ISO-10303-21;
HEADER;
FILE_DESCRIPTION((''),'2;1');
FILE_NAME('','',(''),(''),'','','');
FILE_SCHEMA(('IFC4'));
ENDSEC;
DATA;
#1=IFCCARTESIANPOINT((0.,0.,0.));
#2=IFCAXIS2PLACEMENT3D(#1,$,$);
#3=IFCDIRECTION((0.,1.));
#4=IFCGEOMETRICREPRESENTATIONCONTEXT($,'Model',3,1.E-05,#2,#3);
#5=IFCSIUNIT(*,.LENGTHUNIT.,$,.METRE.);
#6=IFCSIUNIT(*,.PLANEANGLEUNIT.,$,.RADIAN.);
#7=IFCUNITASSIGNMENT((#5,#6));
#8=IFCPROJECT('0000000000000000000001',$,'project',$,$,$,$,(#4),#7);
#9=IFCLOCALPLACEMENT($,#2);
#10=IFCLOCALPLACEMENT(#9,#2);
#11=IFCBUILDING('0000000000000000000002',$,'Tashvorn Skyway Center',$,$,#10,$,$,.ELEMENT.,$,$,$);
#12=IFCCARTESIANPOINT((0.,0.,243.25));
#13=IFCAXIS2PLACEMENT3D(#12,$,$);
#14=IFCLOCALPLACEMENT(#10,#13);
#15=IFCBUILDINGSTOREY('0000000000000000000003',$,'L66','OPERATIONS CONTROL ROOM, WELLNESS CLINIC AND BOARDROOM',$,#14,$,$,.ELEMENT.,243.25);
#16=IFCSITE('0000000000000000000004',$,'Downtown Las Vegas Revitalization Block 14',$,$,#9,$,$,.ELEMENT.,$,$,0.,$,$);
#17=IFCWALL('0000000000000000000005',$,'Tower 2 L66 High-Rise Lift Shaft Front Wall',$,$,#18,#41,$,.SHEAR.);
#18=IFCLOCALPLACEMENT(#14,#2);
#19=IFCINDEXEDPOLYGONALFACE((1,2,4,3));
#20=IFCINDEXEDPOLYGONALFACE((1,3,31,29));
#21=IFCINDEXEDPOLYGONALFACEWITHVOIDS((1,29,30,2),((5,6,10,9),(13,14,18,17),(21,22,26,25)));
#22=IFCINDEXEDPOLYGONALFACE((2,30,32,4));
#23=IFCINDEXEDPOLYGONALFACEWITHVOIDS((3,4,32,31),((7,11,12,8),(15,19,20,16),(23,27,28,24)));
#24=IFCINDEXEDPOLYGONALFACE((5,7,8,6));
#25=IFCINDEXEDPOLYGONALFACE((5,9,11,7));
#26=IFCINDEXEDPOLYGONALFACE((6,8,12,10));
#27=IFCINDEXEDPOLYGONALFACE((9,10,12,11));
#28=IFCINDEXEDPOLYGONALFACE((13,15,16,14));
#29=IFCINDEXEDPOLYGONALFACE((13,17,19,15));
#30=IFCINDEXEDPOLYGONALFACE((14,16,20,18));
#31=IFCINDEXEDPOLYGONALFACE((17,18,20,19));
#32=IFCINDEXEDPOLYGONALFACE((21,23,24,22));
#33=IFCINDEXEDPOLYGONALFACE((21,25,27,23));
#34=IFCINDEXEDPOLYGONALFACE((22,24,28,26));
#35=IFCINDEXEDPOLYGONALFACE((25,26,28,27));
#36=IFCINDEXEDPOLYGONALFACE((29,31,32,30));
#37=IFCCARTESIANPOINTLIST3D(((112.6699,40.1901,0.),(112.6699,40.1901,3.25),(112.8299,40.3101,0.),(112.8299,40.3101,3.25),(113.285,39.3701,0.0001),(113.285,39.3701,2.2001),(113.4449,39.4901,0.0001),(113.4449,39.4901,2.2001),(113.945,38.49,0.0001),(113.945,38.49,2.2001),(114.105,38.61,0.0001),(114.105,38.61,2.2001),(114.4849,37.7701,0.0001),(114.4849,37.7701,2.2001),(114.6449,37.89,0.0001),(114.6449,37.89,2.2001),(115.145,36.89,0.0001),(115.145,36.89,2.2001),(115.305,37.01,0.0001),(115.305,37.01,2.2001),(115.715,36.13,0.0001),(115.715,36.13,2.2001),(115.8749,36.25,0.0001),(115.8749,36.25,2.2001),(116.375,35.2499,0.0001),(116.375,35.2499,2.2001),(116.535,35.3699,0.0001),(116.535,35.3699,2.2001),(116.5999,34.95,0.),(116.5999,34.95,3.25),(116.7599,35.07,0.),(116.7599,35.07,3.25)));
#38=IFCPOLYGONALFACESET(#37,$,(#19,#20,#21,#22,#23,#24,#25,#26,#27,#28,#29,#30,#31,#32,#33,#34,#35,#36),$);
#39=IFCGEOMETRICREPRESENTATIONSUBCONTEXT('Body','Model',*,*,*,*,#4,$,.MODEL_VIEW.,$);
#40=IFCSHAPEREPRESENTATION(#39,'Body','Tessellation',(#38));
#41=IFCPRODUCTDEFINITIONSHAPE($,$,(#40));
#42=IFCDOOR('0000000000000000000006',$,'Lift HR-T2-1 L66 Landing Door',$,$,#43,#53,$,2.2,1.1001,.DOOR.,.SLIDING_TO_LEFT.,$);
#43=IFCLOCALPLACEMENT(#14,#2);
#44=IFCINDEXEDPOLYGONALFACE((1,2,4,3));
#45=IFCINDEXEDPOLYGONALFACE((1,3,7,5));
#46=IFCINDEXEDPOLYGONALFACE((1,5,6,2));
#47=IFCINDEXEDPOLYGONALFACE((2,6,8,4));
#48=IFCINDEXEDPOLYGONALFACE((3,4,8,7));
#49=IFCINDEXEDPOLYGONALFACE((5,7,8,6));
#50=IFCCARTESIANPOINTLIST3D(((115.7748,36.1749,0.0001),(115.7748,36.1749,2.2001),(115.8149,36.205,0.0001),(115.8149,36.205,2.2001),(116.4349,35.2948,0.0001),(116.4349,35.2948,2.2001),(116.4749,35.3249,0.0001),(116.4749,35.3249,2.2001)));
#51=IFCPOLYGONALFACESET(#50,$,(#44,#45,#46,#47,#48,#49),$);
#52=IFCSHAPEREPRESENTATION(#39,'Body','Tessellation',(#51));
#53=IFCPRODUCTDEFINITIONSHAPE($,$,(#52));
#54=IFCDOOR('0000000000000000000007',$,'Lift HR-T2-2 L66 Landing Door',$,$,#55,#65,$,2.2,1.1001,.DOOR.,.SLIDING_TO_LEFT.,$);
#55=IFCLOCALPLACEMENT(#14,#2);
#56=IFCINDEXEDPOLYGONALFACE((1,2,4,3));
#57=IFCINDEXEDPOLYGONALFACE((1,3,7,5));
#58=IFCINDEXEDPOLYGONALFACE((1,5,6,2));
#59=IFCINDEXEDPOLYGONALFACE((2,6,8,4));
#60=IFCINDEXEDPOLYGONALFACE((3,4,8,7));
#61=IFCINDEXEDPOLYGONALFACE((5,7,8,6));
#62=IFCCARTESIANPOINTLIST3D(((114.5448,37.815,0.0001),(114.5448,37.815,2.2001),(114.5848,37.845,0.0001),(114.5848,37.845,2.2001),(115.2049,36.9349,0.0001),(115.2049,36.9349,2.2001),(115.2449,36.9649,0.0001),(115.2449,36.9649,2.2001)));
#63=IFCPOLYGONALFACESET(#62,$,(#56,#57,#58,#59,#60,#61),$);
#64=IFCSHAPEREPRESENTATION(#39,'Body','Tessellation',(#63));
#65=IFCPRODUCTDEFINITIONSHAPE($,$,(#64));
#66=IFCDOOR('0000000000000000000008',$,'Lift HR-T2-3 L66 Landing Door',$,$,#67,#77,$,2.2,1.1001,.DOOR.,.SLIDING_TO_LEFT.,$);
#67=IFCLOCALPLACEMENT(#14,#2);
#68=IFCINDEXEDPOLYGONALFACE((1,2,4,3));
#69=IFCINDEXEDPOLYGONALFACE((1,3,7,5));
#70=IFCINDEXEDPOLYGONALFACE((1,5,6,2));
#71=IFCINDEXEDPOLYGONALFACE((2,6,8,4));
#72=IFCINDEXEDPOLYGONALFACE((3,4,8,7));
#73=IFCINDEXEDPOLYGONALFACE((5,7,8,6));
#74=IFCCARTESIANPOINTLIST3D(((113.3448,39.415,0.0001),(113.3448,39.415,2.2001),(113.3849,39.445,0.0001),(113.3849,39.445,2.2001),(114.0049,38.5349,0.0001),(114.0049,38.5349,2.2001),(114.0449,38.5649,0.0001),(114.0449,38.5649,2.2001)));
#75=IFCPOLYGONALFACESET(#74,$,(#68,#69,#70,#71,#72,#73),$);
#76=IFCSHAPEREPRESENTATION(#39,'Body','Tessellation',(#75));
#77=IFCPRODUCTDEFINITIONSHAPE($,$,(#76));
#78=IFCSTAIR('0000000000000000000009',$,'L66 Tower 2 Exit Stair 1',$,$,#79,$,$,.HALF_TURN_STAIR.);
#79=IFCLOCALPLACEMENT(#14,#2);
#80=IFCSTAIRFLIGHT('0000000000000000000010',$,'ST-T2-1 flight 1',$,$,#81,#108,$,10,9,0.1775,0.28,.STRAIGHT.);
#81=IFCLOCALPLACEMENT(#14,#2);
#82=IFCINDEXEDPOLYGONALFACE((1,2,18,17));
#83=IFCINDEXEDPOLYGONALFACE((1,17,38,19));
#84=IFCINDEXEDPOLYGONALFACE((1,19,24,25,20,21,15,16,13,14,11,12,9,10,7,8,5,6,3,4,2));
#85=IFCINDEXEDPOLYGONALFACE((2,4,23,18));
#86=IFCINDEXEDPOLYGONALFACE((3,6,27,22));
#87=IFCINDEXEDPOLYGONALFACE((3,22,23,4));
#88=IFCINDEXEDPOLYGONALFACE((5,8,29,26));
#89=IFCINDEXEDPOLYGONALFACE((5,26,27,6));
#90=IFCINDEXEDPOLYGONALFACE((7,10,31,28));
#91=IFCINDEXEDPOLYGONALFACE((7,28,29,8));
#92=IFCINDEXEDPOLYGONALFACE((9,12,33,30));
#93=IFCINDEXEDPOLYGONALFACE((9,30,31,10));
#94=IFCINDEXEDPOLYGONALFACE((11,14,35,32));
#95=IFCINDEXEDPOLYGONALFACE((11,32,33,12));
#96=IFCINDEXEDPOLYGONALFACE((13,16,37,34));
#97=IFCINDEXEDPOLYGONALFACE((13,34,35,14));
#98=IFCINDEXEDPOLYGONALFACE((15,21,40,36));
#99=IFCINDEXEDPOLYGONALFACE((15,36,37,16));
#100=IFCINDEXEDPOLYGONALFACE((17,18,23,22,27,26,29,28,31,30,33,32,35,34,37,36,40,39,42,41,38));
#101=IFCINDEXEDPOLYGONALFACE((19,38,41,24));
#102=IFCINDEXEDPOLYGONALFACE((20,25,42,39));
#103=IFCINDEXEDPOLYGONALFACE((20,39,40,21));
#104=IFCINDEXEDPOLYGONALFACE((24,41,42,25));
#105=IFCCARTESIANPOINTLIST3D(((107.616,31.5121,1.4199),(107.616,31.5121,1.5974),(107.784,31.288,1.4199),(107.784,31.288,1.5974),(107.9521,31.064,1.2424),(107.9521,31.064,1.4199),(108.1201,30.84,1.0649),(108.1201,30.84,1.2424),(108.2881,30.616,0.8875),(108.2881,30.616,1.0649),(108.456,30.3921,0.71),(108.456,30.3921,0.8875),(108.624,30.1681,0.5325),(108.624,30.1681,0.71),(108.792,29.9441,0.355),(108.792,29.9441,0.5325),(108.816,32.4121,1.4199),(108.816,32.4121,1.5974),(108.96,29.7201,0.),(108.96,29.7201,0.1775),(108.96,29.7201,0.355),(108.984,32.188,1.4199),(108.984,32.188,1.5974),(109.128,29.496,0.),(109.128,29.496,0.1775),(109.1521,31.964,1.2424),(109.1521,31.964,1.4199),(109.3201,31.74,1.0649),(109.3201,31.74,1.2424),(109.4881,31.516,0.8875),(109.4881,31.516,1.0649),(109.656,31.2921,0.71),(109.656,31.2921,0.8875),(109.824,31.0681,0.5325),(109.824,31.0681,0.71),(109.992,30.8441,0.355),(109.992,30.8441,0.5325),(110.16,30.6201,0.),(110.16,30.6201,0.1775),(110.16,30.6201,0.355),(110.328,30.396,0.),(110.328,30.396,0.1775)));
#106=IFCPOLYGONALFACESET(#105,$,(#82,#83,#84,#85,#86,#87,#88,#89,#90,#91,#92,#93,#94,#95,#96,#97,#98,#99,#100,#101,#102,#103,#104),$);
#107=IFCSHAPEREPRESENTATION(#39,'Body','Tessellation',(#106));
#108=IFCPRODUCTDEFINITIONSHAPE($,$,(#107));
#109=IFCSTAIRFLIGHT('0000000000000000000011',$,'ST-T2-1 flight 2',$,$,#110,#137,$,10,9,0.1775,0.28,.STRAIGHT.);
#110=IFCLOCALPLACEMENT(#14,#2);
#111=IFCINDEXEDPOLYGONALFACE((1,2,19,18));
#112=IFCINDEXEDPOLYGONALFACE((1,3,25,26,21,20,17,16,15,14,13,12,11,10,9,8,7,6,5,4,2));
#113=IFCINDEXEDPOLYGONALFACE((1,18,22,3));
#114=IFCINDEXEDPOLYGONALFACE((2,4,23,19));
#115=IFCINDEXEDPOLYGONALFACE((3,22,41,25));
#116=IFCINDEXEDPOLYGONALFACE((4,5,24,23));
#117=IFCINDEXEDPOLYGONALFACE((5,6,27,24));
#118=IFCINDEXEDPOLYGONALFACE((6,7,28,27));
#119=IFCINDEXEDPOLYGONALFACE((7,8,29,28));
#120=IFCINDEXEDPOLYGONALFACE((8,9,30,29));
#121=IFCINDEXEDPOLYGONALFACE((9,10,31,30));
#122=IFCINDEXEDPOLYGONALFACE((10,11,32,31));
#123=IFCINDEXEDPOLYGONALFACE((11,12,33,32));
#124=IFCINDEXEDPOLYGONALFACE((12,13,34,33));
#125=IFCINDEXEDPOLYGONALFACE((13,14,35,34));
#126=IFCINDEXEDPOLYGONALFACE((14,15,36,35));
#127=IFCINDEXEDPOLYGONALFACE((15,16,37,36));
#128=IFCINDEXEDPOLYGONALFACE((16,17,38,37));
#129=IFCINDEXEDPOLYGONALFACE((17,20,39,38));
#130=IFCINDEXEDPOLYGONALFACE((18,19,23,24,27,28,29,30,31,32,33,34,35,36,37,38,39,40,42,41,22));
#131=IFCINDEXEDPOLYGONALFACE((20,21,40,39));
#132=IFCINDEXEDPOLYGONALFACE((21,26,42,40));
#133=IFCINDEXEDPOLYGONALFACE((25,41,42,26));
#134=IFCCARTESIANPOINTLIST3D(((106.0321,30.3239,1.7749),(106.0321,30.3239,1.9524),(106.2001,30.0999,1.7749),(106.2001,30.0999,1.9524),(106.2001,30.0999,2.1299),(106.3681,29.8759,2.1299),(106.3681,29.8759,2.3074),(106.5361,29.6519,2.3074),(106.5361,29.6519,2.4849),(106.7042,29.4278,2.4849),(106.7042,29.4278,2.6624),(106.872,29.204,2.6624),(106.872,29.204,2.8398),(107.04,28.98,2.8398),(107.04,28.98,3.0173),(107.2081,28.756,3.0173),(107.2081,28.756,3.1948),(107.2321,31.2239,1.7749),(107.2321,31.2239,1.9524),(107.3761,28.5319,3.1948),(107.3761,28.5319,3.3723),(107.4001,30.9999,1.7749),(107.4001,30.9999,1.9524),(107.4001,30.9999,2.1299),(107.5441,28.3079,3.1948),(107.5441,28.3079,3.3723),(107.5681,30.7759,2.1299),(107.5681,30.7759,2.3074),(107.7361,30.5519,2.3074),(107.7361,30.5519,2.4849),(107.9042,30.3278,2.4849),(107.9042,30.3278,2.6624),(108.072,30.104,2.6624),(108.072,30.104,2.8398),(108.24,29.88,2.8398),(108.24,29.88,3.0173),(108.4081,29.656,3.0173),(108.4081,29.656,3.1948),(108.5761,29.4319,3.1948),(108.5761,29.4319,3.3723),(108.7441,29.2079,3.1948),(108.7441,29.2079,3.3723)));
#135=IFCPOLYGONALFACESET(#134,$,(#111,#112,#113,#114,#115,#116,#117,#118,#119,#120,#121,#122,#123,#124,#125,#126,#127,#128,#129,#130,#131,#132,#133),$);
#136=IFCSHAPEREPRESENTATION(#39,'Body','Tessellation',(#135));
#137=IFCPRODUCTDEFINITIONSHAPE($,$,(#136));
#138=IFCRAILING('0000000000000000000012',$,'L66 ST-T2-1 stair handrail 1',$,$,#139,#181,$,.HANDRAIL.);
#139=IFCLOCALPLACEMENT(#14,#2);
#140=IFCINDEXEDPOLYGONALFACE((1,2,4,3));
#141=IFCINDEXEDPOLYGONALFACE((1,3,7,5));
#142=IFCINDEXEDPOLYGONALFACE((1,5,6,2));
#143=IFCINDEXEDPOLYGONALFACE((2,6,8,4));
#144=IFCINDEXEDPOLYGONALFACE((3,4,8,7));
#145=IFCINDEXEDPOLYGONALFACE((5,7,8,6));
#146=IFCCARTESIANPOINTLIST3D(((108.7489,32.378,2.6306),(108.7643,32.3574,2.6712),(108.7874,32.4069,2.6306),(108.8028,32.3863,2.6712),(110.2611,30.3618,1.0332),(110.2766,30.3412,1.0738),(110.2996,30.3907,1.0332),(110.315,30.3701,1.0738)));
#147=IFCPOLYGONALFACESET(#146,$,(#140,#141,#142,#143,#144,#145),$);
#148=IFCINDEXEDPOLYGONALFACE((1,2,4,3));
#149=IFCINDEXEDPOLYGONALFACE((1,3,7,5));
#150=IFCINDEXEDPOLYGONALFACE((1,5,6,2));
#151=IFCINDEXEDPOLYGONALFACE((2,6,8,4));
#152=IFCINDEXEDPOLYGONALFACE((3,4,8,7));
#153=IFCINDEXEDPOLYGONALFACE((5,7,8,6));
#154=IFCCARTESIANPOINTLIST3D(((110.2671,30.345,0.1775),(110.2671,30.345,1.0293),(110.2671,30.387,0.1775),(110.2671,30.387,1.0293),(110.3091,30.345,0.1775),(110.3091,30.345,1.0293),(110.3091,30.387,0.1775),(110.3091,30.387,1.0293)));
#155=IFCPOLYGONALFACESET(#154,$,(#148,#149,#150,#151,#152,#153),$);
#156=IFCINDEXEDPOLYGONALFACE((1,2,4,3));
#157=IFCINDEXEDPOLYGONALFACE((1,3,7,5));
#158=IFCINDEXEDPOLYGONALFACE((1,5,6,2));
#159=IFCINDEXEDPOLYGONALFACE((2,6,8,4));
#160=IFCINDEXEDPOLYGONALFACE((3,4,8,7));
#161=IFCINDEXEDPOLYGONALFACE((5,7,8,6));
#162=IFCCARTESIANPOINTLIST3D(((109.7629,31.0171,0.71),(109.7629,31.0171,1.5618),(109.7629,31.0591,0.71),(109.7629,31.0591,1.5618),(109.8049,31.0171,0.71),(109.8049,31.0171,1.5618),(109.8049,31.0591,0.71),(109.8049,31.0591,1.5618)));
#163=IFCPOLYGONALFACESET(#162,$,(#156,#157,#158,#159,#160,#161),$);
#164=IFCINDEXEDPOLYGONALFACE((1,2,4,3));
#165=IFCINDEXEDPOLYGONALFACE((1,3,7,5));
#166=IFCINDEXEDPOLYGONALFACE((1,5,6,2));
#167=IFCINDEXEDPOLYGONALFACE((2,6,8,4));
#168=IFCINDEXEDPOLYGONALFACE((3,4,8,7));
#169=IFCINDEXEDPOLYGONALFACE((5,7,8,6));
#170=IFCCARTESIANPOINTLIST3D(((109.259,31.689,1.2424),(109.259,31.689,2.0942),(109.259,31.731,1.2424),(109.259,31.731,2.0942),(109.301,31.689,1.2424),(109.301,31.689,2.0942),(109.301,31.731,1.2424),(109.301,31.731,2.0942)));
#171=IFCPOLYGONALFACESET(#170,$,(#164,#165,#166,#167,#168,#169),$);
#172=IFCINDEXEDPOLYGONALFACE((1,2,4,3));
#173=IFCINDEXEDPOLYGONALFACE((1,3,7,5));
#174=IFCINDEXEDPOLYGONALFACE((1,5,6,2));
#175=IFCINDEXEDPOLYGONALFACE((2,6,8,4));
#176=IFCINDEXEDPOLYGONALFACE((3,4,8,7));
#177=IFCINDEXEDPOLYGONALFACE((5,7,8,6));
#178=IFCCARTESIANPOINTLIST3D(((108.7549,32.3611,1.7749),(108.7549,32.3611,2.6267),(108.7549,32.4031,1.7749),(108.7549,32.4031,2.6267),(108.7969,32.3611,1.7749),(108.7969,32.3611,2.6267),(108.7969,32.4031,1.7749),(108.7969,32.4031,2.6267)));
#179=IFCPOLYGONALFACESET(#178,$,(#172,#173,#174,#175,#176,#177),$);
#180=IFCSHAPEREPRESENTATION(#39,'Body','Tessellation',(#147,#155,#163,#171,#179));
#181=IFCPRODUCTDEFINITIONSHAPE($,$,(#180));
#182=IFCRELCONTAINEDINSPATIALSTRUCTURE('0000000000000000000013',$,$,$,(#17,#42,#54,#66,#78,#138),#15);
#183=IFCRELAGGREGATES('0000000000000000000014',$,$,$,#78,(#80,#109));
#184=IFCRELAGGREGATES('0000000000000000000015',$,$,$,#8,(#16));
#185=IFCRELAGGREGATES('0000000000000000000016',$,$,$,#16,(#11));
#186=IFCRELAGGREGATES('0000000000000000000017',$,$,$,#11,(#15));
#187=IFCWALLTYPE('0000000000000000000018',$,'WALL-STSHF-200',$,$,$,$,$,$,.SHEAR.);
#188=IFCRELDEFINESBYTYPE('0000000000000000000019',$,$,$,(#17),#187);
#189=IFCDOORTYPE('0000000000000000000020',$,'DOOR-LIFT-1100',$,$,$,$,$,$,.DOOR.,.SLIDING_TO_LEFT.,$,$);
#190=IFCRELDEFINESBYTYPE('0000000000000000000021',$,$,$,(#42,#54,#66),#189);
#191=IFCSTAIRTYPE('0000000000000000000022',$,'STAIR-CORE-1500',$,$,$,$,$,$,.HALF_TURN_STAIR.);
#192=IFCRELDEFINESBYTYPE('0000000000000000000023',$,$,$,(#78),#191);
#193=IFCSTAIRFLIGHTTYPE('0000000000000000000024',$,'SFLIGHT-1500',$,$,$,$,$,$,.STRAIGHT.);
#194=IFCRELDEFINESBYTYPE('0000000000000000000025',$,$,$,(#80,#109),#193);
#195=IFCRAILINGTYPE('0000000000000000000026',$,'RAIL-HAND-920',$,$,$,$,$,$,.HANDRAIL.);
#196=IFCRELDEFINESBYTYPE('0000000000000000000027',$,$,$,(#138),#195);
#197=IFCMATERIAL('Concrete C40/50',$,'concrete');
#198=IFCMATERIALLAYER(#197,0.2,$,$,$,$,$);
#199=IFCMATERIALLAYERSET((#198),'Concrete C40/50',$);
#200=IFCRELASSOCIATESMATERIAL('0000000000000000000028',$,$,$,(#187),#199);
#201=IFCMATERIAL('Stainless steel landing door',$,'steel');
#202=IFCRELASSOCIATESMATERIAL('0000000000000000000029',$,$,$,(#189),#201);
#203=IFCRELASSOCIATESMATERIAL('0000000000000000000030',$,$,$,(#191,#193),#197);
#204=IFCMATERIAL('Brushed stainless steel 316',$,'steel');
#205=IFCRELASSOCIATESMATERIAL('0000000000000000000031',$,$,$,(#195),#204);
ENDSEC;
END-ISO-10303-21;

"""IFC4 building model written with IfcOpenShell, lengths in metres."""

from ifc_helpers import new_model, si_unit, direction, frame, frame_2d, origin, origin_2d, place, context, subcontext, project, spatial, polyline, rectangle, outline, extrude, material, layer, layer_set, type_object, element, fill, aggregate, save


model = new_model("IFC4")

# Units and contexts
model_context = context("Model", 3, precision=1e-05, world=origin(), true_north=direction((0.0, 1.0)))
body_context = subcontext(model_context, "Body", "Model", "MODEL_VIEW")
ifc_project = project(units=[si_unit("LENGTHUNIT", "METRE"), si_unit("PLANEANGLEUNIT", "RADIAN")], contexts=[model_context])

# Site, building, storey
site_placement = place(None, origin())
site = spatial("IfcSite", under=ifc_project, at=site_placement, Name="Downtown Las Vegas Revitalization Block 14", CompositionType="ELEMENT", RefElevation=0.0)
building_placement = place(site_placement, origin())
building = spatial("IfcBuilding", under=site, at=building_placement, Name="Tashvorn Skyway Center", CompositionType="ELEMENT")
storey_placement = place(building_placement, frame((0.0, 0.0, 243.25)))
storey = spatial("IfcBuildingStorey", under=building, at=storey_placement, Name="L66", Description="OPERATIONS CONTROL ROOM, WELLNESS CLINIC AND BOARDROOM", CompositionType="ELEMENT", Elevation=243.25)

# Shared definitions
ifc_material_1 = material(Name="Concrete C40/50", Category="concrete")

# Wall, openings, doors
ifc_layer_1 = layer(ifc_material_1, 0.2)
ifc_layer_set_1 = layer_set([ifc_layer_1], Name="Concrete C40/50")
wall_type_1 = type_object("IfcWallType", Name="WALL-STSHF-200", PredefinedType="SHEAR", material=ifc_layer_set_1)
wall_1_placement = place(storey_placement, frame((112.75, 40.25, 0.0), z_axis=(0.0, 0.0, 1.0), x_axis=(0.599994, -0.800004, 0.0)))
wall_1 = element("IfcWall", 1, at=wall_1_placement, inside=storey, type_object=wall_type_1, Name="Tower 2 L66 High-Rise Lift Shaft Front Wall", PredefinedType="SHEAR", context=body_context, shape_type="SweptSolid", body=[
    extrude(rectangle(XDim=6.55, YDim=0.2, at=frame_2d((3.2749, 0.0))), origin(), (0.0, 0.0, 1.0), 3.25),
])
opening_1_placement = place(wall_1_placement, frame((5.075, 0.0, 0.0)))
opening_1 = element("IfcOpeningElement", 2, at=opening_1_placement, cuts=wall_1, PredefinedType="OPENING", context=body_context, shape_type="SweptSolid", body=[
    extrude(rectangle(XDim=1.1001, YDim=2.2, at=frame_2d((0.55, 1.1001))), frame((0.0, 0.1099, 0.0), z_axis=(0.0, -1.0, 0.0), x_axis=(1.0, 0.0, 0.0)), (0.0, 0.0, 1.0), 0.22),
])
opening_2_placement = place(wall_1_placement, frame((3.0249, 0.0, 0.0)))
opening_2 = element("IfcOpeningElement", 3, at=opening_2_placement, cuts=wall_1, PredefinedType="OPENING", context=body_context, shape_type="SweptSolid", body=[
    extrude(rectangle(XDim=1.1001, YDim=2.2, at=frame_2d((0.55, 1.1001))), frame((0.0, 0.1099, 0.0), z_axis=(0.0, -1.0, 0.0), x_axis=(1.0, 0.0, 0.0)), (0.0, 0.0, 1.0), 0.22),
])
opening_3_placement = place(wall_1_placement, frame((1.0249, 0.0, 0.0)))
opening_3 = element("IfcOpeningElement", 4, at=opening_3_placement, cuts=wall_1, PredefinedType="OPENING", context=body_context, shape_type="SweptSolid", body=[
    extrude(rectangle(XDim=1.1001, YDim=2.2, at=frame_2d((0.55, 1.1001))), frame((0.0, 0.1099, 0.0), z_axis=(0.0, -1.0, 0.0), x_axis=(1.0, 0.0, 0.0)), (0.0, 0.0, 1.0), 0.22),
])
ifc_material_2 = material(Name="Stainless steel landing door", Category="steel")
door_type_1 = type_object("IfcDoorType", Name="DOOR-LIFT-1100", OperationType="SLIDING_TO_LEFT", PredefinedType="DOOR", material=ifc_material_2)
door_1_placement = place(opening_1_placement, origin())
door_1 = element("IfcDoor", 5, at=door_1_placement, inside=storey, type_object=door_type_1, Name="Lift HR-T2-1 L66 Landing Door", OperationType="SLIDING_TO_LEFT", OverallHeight=2.2, OverallWidth=1.1001, PredefinedType="DOOR", context=body_context, shape_type="SweptSolid", body=[
    extrude(rectangle(XDim=1.1001, YDim=2.2, at=frame_2d((0.55, 1.1001))), frame((0.0, 0.0249, 0.0), z_axis=(0.0, -1.0, 0.0), x_axis=(1.0, 0.0, 0.0)), (0.0, 0.0, 1.0), 0.05),
])
fill(opening_1, door_1)
door_2_placement = place(opening_2_placement, origin())
door_2 = element("IfcDoor", 6, at=door_2_placement, inside=storey, type_object=door_type_1, Name="Lift HR-T2-2 L66 Landing Door", OperationType="SLIDING_TO_LEFT", OverallHeight=2.2, OverallWidth=1.1001, PredefinedType="DOOR", context=body_context, shape_type="SweptSolid", body=[
    extrude(rectangle(XDim=1.1001, YDim=2.2, at=frame_2d((0.55, 1.1001))), frame((0.0, 0.0249, 0.0), z_axis=(0.0, -1.0, 0.0), x_axis=(1.0, 0.0, 0.0)), (0.0, 0.0, 1.0), 0.05),
])
fill(opening_2, door_2)
door_3_placement = place(opening_3_placement, origin())
door_3 = element("IfcDoor", 7, at=door_3_placement, inside=storey, type_object=door_type_1, Name="Lift HR-T2-3 L66 Landing Door", OperationType="SLIDING_TO_LEFT", OverallHeight=2.2, OverallWidth=1.1001, PredefinedType="DOOR", context=body_context, shape_type="SweptSolid", body=[
    extrude(rectangle(XDim=1.1001, YDim=2.2, at=frame_2d((0.55, 1.1001))), frame((0.0, 0.0249, 0.0), z_axis=(0.0, -1.0, 0.0), x_axis=(1.0, 0.0, 0.0)), (0.0, 0.0, 1.0), 0.05),
])
fill(opening_3, door_3)

# Stair, stair flights
stair_type = type_object("IfcStairType", Name="STAIR-CORE-1500", PredefinedType="HALF_TURN_STAIR", material=ifc_material_1)
stair_placement = place(storey_placement, origin())
stair = element("IfcStair", 8, at=stair_placement, inside=storey, type_object=stair_type, Name="L66 Tower 2 Exit Stair 1", PredefinedType="HALF_TURN_STAIR")
stair_flight_type = type_object("IfcStairFlightType", Name="SFLIGHT-1500", PredefinedType="STRAIGHT", material=ifc_material_1)
stair_flight_1_placement = place(storey_placement, frame((109.728, 29.946, 0.0), z_axis=(0.0, 0.0, 1.0), x_axis=(-0.6, 0.8, 0.0)))
stair_flight_1 = element("IfcStairFlight", 9, at=stair_flight_1_placement, type_object=stair_flight_type, Name="ST-T2-1 flight 1", NumberOfRisers=10, NumberOfTreads=9, PredefinedType="STRAIGHT", RiserHeight=0.1775, TreadLength=0.28, context=body_context, shape_type="SweptSolid", body=[
    extrude(outline(polyline([(0.0, 0.0), (0.0, 0.1775), (0.28, 0.1775), (0.28, 0.355), (0.5601, 0.355), (0.5601, 0.5325), (0.8401, 0.5325), (0.8401, 0.71), (1.1201, 0.71), (1.1201, 0.8875), (1.3999, 0.8875), (1.3999, 1.0649), (1.6799, 1.0649), (1.6799, 1.2424), (1.96, 1.2424), (1.96, 1.4199), (2.24, 1.4199), (2.24, 1.5974), (2.52, 1.5974), (2.52, 1.7749), (2.52, 1.4199), (0.28, 0.0), (0.0, 0.0)])), frame((0.0, 0.75, 0.0), z_axis=(0.0, -1.0, 0.0), x_axis=(1.0, 0.0, 0.0)), (0.0, 0.0, 1.0), 1.5),
])
stair_flight_2_placement = place(storey_placement, frame((106.6321, 30.7739, 1.7749), z_axis=(0.0, 0.0, 1.0), x_axis=(0.6, -0.8, 0.0)))
stair_flight_2 = element("IfcStairFlight", 10, at=stair_flight_2_placement, type_object=stair_flight_type, Name="ST-T2-1 flight 2", NumberOfRisers=10, NumberOfTreads=9, PredefinedType="STRAIGHT", RiserHeight=0.1775, TreadLength=0.28, context=body_context, shape_type="SweptSolid", body=[
    extrude(outline(polyline([(0.0, 0.0), (0.0, 0.1775), (0.28, 0.1775), (0.28, 0.355), (0.5601, 0.355), (0.5601, 0.5325), (0.8401, 0.5325), (0.8401, 0.71), (1.1201, 0.71), (1.1201, 0.8875), (1.3999, 0.8875), (1.3999, 1.0649), (1.6799, 1.0649), (1.6799, 1.2424), (1.96, 1.2424), (1.96, 1.4199), (2.24, 1.4199), (2.24, 1.5974), (2.52, 1.5974), (2.52, 1.7749), (2.52, 1.4199), (0.28, 0.0), (0.0, 0.0)])), frame((0.0, 0.75, 0.0), z_axis=(0.0, -1.0, 0.0), x_axis=(1.0, 0.0, 0.0)), (0.0, 0.0, 1.0), 1.5),
])
aggregate(stair, [stair_flight_1, stair_flight_2])

# Railing
ifc_material_3 = material(Name="Brushed stainless steel 316", Category="steel")
railing_type_1 = type_object("IfcRailingType", Name="RAIL-HAND-920", PredefinedType="HANDRAIL", material=ifc_material_3)
railing_1_placement = place(storey_placement, frame((110.2881, 30.366, 0.1775)))
element("IfcRailing", 11, at=railing_1_placement, inside=storey, type_object=railing_type_1, Name="L66 ST-T2-1 stair handrail 1", PredefinedType="HANDRAIL", context=body_context, shape_type="SweptSolid", body=[
    extrude(rectangle(XDim=0.0481, YDim=0.0481, at=origin_2d()), frame((0.0, 0.0, 0.876), z_axis=(-0.506802, 0.675681, 0.535357), x_axis=(-0.799977, -0.600031, 0.0)), (0.0, 0.0, 1.0), 2.9839),
    extrude(rectangle(XDim=0.042, YDim=0.042, at=origin_2d()), origin(), (0.0, 0.0, 1.0), 0.8518),
    extrude(rectangle(XDim=0.042, YDim=0.042, at=origin_2d()), frame((-0.5042, 0.6721, 0.5325)), (0.0, 0.0, 1.0), 0.8518),
    extrude(rectangle(XDim=0.042, YDim=0.042, at=origin_2d()), frame((-1.0081, 1.344, 1.0649)), (0.0, 0.0, 1.0), 0.8518),
    extrude(rectangle(XDim=0.042, YDim=0.042, at=origin_2d()), frame((-1.5122, 2.0161, 1.5974)), (0.0, 0.0, 1.0), 0.8518),
])

save(model, "model.ifc")
